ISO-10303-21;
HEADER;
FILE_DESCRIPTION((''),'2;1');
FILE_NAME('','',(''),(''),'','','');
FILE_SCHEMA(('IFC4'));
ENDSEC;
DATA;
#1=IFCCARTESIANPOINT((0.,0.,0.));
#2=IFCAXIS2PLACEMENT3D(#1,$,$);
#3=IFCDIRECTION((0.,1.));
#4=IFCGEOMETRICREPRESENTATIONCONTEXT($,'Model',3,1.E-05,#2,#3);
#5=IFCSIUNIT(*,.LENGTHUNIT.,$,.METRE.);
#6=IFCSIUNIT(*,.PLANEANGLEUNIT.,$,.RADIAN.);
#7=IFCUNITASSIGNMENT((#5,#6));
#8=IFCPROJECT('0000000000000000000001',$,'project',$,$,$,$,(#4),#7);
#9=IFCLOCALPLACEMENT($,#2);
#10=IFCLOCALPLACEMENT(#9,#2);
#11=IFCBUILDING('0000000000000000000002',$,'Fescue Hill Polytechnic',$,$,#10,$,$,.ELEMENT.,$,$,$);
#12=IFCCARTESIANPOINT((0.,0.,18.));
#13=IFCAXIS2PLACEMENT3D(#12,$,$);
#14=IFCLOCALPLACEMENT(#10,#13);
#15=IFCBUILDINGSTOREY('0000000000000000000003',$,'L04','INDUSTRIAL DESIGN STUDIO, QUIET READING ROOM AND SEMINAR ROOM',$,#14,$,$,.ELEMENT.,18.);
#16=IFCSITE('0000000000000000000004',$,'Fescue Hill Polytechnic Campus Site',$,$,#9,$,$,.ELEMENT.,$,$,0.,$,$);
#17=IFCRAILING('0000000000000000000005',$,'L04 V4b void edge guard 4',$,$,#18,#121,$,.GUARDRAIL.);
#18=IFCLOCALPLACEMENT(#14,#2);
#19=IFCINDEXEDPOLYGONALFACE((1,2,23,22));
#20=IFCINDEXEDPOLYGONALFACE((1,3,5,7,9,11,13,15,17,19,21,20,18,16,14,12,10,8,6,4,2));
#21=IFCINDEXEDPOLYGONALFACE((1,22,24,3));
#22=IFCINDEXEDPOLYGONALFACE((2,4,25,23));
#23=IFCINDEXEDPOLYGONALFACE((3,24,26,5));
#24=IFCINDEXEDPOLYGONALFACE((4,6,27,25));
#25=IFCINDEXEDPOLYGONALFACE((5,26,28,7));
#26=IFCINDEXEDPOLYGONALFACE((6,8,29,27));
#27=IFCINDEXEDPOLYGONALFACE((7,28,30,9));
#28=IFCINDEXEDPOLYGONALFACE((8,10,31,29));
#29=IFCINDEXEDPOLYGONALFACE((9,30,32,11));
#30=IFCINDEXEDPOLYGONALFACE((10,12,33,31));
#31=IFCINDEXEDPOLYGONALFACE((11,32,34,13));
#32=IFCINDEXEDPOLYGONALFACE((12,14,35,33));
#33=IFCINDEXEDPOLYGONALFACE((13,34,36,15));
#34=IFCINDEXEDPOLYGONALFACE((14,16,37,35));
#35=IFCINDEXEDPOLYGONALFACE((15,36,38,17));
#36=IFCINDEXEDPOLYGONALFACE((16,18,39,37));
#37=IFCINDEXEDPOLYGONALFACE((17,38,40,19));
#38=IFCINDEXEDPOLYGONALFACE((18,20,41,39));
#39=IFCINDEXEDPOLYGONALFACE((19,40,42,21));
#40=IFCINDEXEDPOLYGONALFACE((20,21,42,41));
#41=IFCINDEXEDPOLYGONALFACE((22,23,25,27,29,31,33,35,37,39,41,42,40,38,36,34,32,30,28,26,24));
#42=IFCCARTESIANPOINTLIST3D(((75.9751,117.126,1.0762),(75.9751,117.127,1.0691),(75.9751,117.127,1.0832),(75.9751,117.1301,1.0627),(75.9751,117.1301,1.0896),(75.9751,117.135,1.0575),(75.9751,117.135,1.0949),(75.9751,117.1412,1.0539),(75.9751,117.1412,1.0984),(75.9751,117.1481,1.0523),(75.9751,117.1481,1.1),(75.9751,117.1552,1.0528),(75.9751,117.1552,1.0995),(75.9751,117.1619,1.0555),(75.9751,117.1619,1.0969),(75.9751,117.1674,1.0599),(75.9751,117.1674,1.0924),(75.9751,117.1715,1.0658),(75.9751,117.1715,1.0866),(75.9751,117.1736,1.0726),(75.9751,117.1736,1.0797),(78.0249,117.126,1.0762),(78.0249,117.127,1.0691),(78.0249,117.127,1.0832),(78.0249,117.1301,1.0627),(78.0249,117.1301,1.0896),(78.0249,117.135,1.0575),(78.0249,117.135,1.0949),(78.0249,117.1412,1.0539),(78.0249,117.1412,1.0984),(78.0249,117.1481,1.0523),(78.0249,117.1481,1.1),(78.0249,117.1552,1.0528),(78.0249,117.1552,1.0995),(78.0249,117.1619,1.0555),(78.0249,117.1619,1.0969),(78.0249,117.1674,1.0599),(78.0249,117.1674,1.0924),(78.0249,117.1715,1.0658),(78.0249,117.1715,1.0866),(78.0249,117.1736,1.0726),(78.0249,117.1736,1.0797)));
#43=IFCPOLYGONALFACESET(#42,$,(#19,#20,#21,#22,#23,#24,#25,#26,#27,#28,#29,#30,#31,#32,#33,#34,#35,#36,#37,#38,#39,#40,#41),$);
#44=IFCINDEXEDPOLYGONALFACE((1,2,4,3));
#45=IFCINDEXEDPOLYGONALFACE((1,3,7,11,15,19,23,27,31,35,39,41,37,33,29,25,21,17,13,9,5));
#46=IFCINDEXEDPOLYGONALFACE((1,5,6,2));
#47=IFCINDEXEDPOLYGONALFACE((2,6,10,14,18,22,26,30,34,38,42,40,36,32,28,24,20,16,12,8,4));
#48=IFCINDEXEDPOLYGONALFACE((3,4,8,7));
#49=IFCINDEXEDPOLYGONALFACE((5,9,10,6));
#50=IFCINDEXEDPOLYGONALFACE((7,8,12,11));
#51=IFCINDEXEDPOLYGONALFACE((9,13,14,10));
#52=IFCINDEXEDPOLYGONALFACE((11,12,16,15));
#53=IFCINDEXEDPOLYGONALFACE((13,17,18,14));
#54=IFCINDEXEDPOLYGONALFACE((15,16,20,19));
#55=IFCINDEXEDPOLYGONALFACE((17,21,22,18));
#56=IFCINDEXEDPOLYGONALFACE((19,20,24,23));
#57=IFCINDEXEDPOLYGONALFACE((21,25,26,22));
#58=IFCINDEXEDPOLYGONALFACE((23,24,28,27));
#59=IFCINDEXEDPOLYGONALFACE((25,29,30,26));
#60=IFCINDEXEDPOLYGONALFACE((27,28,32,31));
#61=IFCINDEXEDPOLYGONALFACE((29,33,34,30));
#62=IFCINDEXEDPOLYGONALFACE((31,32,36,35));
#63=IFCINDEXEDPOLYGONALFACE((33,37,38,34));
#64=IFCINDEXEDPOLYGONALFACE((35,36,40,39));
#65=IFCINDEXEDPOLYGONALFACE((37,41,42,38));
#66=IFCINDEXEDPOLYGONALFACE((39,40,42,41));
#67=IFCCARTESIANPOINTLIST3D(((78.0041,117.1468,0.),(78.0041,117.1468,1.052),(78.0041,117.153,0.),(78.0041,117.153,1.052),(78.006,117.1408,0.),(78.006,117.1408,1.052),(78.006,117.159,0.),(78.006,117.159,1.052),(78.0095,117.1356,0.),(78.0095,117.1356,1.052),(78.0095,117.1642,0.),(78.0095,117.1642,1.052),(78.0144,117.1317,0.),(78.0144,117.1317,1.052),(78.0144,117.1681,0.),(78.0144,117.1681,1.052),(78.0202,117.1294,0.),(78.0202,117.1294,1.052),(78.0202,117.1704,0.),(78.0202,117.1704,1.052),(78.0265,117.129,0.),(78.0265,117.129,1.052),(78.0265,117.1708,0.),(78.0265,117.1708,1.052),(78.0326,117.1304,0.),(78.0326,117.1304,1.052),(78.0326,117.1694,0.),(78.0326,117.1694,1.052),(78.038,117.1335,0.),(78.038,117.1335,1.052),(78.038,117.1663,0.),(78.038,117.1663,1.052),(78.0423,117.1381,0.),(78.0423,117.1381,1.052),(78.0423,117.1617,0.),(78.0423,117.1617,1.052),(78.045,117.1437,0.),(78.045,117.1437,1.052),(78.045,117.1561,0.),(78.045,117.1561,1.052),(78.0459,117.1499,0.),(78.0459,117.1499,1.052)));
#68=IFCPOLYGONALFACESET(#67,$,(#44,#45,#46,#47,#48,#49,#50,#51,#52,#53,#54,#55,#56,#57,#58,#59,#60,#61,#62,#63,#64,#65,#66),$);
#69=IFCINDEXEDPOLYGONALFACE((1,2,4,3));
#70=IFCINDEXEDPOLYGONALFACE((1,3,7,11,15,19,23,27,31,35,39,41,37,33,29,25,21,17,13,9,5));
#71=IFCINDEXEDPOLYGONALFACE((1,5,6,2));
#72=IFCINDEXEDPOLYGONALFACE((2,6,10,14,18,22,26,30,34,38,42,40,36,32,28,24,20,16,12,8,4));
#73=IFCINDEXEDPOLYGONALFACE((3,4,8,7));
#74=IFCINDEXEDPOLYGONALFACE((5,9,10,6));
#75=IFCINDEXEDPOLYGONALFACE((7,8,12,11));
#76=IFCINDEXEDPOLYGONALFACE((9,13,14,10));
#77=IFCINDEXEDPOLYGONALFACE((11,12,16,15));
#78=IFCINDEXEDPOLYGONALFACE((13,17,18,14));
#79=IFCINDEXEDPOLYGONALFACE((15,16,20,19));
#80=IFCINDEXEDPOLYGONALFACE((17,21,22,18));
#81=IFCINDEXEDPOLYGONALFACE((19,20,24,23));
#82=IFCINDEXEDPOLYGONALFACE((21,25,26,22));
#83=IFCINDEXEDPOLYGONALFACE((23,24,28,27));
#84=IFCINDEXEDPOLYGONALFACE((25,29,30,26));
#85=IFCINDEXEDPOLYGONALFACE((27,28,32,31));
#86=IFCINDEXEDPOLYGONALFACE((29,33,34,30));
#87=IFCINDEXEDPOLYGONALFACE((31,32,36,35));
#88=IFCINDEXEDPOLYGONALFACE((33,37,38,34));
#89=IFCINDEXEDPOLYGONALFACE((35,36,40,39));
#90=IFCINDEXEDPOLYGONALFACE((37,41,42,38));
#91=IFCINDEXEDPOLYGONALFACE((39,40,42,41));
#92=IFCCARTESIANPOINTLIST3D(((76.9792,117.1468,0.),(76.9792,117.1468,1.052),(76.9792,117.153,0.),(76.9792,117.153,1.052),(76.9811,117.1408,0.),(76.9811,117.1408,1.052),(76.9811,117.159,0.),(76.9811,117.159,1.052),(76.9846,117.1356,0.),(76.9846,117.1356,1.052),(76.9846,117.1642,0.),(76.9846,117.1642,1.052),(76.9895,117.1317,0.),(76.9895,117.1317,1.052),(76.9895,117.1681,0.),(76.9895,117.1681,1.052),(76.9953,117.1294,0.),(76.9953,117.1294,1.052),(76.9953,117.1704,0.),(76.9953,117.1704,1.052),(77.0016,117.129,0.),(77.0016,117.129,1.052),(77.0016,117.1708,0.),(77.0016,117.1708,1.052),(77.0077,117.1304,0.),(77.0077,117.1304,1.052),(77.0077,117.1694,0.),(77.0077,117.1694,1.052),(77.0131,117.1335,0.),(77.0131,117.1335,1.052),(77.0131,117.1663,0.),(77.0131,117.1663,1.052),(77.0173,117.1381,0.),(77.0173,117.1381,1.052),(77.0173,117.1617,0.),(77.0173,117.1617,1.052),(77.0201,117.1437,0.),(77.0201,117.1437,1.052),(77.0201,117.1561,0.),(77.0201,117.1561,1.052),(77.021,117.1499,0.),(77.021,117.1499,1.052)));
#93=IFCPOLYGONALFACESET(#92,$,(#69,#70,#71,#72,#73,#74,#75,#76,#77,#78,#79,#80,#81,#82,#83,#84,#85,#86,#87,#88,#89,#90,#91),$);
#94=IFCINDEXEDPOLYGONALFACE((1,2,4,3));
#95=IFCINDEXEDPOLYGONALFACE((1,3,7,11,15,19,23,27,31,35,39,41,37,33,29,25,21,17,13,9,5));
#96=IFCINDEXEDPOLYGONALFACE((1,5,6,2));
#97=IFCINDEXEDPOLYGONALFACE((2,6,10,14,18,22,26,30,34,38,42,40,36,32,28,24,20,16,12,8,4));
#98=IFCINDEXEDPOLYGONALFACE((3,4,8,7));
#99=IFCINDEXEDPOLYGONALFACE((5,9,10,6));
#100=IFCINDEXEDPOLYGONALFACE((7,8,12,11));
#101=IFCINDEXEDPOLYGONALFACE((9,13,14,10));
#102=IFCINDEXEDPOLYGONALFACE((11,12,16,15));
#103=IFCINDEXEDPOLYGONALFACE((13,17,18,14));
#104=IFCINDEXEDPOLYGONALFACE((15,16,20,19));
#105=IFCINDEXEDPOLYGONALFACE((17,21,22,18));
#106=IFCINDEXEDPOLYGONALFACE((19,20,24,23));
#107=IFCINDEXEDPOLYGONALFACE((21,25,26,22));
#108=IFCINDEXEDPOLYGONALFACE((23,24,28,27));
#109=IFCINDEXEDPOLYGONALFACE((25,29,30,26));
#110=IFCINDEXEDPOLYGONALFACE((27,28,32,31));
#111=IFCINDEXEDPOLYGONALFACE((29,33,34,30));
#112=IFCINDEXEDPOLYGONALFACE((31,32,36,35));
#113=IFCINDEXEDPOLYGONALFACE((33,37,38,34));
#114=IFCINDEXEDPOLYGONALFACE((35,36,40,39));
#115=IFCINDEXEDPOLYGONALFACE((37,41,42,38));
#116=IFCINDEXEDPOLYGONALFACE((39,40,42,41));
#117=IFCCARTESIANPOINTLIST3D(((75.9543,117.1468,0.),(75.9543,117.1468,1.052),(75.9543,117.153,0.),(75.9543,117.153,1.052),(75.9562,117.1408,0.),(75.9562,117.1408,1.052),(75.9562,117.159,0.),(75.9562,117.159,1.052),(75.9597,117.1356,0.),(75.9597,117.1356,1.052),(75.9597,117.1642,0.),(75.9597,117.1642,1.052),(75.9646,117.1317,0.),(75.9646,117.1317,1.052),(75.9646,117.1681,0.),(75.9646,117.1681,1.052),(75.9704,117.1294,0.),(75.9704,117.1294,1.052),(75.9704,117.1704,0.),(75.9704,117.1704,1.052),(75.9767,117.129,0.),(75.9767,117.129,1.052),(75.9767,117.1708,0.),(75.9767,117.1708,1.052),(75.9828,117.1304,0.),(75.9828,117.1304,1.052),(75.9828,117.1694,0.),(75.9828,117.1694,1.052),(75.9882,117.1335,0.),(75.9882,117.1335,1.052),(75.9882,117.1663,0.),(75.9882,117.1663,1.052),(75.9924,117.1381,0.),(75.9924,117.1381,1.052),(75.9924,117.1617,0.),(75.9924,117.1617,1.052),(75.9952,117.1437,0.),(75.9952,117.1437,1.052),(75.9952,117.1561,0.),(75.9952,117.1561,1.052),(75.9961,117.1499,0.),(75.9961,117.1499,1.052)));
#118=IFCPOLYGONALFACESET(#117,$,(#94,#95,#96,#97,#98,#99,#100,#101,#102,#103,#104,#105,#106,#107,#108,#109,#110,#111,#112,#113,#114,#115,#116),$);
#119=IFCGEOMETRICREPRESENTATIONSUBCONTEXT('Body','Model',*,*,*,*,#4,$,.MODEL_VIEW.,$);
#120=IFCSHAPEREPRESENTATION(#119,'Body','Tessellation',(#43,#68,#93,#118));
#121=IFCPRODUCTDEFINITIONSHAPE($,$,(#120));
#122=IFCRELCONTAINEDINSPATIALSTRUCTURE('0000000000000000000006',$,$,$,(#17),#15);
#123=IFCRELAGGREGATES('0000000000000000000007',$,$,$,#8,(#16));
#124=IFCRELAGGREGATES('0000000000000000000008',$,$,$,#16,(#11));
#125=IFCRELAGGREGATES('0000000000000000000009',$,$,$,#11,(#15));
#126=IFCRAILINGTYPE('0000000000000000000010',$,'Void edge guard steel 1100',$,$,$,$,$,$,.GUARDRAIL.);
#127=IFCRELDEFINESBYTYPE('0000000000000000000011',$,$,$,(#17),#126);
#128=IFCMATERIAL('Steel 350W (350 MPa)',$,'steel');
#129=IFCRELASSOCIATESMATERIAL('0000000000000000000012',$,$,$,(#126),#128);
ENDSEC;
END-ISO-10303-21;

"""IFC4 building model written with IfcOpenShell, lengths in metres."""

from ifc_helpers import new_model, si_unit, direction, frame, origin, origin_2d, place, context, subcontext, project, spatial, circle, extrude, material, type_object, element, save


model = new_model("IFC4")

# Units and contexts
model_context = context("Model", 3, precision=1e-05, world=origin(), true_north=direction((0.0, 1.0)))
body_context = subcontext(model_context, "Body", "Model", "MODEL_VIEW")
ifc_project = project(units=[si_unit("LENGTHUNIT", "METRE"), si_unit("PLANEANGLEUNIT", "RADIAN")], contexts=[model_context])

# Site, building, storey
site_placement = place(None, origin())
site = spatial("IfcSite", under=ifc_project, at=site_placement, Name="Fescue Hill Polytechnic Campus Site", CompositionType="ELEMENT", RefElevation=0.0)
building_placement = place(site_placement, origin())
building = spatial("IfcBuilding", under=site, at=building_placement, Name="Fescue Hill Polytechnic", CompositionType="ELEMENT")
storey_placement = place(building_placement, frame((0.0, 0.0, 18.0)))
storey = spatial("IfcBuildingStorey", under=building, at=storey_placement, Name="L04", Description="INDUSTRIAL DESIGN STUDIO, QUIET READING ROOM AND SEMINAR ROOM", CompositionType="ELEMENT", Elevation=18.0)

# Railing
ifc_material_1 = material(Name="Steel 350W (350 MPa)", Category="steel")
railing_type = type_object("IfcRailingType", Name="Void edge guard steel 1100", PredefinedType="GUARDRAIL", material=ifc_material_1)
railing_placement = place(storey_placement, frame((78.0249, 117.1499, 0.0)))
element("IfcRailing", 1, at=railing_placement, inside=storey, type_object=railing_type, Name="L04 V4b void edge guard 4", PredefinedType="GUARDRAIL", context=body_context, shape_type="SweptSolid", body=[
    extrude(circle(Radius=0.0239, at=origin_2d()), frame((0.0, 0.0, 1.0762), z_axis=(-1.0, 0.0, 0.0), x_axis=(0.0, -1.0, 0.0)), (0.0, 0.0, 1.0), 2.0498),
    extrude(circle(Radius=0.021, at=origin_2d()), origin(), (0.0, 0.0, 1.0), 1.052),
    extrude(circle(Radius=0.021, at=origin_2d()), frame((-1.0249, 0.0, 0.0)), (0.0, 0.0, 1.0), 1.052),
    extrude(circle(Radius=0.021, at=origin_2d()), frame((-2.0498, 0.0, 0.0)), (0.0, 0.0, 1.0), 1.052),
])

save(model, "model.ifc")
